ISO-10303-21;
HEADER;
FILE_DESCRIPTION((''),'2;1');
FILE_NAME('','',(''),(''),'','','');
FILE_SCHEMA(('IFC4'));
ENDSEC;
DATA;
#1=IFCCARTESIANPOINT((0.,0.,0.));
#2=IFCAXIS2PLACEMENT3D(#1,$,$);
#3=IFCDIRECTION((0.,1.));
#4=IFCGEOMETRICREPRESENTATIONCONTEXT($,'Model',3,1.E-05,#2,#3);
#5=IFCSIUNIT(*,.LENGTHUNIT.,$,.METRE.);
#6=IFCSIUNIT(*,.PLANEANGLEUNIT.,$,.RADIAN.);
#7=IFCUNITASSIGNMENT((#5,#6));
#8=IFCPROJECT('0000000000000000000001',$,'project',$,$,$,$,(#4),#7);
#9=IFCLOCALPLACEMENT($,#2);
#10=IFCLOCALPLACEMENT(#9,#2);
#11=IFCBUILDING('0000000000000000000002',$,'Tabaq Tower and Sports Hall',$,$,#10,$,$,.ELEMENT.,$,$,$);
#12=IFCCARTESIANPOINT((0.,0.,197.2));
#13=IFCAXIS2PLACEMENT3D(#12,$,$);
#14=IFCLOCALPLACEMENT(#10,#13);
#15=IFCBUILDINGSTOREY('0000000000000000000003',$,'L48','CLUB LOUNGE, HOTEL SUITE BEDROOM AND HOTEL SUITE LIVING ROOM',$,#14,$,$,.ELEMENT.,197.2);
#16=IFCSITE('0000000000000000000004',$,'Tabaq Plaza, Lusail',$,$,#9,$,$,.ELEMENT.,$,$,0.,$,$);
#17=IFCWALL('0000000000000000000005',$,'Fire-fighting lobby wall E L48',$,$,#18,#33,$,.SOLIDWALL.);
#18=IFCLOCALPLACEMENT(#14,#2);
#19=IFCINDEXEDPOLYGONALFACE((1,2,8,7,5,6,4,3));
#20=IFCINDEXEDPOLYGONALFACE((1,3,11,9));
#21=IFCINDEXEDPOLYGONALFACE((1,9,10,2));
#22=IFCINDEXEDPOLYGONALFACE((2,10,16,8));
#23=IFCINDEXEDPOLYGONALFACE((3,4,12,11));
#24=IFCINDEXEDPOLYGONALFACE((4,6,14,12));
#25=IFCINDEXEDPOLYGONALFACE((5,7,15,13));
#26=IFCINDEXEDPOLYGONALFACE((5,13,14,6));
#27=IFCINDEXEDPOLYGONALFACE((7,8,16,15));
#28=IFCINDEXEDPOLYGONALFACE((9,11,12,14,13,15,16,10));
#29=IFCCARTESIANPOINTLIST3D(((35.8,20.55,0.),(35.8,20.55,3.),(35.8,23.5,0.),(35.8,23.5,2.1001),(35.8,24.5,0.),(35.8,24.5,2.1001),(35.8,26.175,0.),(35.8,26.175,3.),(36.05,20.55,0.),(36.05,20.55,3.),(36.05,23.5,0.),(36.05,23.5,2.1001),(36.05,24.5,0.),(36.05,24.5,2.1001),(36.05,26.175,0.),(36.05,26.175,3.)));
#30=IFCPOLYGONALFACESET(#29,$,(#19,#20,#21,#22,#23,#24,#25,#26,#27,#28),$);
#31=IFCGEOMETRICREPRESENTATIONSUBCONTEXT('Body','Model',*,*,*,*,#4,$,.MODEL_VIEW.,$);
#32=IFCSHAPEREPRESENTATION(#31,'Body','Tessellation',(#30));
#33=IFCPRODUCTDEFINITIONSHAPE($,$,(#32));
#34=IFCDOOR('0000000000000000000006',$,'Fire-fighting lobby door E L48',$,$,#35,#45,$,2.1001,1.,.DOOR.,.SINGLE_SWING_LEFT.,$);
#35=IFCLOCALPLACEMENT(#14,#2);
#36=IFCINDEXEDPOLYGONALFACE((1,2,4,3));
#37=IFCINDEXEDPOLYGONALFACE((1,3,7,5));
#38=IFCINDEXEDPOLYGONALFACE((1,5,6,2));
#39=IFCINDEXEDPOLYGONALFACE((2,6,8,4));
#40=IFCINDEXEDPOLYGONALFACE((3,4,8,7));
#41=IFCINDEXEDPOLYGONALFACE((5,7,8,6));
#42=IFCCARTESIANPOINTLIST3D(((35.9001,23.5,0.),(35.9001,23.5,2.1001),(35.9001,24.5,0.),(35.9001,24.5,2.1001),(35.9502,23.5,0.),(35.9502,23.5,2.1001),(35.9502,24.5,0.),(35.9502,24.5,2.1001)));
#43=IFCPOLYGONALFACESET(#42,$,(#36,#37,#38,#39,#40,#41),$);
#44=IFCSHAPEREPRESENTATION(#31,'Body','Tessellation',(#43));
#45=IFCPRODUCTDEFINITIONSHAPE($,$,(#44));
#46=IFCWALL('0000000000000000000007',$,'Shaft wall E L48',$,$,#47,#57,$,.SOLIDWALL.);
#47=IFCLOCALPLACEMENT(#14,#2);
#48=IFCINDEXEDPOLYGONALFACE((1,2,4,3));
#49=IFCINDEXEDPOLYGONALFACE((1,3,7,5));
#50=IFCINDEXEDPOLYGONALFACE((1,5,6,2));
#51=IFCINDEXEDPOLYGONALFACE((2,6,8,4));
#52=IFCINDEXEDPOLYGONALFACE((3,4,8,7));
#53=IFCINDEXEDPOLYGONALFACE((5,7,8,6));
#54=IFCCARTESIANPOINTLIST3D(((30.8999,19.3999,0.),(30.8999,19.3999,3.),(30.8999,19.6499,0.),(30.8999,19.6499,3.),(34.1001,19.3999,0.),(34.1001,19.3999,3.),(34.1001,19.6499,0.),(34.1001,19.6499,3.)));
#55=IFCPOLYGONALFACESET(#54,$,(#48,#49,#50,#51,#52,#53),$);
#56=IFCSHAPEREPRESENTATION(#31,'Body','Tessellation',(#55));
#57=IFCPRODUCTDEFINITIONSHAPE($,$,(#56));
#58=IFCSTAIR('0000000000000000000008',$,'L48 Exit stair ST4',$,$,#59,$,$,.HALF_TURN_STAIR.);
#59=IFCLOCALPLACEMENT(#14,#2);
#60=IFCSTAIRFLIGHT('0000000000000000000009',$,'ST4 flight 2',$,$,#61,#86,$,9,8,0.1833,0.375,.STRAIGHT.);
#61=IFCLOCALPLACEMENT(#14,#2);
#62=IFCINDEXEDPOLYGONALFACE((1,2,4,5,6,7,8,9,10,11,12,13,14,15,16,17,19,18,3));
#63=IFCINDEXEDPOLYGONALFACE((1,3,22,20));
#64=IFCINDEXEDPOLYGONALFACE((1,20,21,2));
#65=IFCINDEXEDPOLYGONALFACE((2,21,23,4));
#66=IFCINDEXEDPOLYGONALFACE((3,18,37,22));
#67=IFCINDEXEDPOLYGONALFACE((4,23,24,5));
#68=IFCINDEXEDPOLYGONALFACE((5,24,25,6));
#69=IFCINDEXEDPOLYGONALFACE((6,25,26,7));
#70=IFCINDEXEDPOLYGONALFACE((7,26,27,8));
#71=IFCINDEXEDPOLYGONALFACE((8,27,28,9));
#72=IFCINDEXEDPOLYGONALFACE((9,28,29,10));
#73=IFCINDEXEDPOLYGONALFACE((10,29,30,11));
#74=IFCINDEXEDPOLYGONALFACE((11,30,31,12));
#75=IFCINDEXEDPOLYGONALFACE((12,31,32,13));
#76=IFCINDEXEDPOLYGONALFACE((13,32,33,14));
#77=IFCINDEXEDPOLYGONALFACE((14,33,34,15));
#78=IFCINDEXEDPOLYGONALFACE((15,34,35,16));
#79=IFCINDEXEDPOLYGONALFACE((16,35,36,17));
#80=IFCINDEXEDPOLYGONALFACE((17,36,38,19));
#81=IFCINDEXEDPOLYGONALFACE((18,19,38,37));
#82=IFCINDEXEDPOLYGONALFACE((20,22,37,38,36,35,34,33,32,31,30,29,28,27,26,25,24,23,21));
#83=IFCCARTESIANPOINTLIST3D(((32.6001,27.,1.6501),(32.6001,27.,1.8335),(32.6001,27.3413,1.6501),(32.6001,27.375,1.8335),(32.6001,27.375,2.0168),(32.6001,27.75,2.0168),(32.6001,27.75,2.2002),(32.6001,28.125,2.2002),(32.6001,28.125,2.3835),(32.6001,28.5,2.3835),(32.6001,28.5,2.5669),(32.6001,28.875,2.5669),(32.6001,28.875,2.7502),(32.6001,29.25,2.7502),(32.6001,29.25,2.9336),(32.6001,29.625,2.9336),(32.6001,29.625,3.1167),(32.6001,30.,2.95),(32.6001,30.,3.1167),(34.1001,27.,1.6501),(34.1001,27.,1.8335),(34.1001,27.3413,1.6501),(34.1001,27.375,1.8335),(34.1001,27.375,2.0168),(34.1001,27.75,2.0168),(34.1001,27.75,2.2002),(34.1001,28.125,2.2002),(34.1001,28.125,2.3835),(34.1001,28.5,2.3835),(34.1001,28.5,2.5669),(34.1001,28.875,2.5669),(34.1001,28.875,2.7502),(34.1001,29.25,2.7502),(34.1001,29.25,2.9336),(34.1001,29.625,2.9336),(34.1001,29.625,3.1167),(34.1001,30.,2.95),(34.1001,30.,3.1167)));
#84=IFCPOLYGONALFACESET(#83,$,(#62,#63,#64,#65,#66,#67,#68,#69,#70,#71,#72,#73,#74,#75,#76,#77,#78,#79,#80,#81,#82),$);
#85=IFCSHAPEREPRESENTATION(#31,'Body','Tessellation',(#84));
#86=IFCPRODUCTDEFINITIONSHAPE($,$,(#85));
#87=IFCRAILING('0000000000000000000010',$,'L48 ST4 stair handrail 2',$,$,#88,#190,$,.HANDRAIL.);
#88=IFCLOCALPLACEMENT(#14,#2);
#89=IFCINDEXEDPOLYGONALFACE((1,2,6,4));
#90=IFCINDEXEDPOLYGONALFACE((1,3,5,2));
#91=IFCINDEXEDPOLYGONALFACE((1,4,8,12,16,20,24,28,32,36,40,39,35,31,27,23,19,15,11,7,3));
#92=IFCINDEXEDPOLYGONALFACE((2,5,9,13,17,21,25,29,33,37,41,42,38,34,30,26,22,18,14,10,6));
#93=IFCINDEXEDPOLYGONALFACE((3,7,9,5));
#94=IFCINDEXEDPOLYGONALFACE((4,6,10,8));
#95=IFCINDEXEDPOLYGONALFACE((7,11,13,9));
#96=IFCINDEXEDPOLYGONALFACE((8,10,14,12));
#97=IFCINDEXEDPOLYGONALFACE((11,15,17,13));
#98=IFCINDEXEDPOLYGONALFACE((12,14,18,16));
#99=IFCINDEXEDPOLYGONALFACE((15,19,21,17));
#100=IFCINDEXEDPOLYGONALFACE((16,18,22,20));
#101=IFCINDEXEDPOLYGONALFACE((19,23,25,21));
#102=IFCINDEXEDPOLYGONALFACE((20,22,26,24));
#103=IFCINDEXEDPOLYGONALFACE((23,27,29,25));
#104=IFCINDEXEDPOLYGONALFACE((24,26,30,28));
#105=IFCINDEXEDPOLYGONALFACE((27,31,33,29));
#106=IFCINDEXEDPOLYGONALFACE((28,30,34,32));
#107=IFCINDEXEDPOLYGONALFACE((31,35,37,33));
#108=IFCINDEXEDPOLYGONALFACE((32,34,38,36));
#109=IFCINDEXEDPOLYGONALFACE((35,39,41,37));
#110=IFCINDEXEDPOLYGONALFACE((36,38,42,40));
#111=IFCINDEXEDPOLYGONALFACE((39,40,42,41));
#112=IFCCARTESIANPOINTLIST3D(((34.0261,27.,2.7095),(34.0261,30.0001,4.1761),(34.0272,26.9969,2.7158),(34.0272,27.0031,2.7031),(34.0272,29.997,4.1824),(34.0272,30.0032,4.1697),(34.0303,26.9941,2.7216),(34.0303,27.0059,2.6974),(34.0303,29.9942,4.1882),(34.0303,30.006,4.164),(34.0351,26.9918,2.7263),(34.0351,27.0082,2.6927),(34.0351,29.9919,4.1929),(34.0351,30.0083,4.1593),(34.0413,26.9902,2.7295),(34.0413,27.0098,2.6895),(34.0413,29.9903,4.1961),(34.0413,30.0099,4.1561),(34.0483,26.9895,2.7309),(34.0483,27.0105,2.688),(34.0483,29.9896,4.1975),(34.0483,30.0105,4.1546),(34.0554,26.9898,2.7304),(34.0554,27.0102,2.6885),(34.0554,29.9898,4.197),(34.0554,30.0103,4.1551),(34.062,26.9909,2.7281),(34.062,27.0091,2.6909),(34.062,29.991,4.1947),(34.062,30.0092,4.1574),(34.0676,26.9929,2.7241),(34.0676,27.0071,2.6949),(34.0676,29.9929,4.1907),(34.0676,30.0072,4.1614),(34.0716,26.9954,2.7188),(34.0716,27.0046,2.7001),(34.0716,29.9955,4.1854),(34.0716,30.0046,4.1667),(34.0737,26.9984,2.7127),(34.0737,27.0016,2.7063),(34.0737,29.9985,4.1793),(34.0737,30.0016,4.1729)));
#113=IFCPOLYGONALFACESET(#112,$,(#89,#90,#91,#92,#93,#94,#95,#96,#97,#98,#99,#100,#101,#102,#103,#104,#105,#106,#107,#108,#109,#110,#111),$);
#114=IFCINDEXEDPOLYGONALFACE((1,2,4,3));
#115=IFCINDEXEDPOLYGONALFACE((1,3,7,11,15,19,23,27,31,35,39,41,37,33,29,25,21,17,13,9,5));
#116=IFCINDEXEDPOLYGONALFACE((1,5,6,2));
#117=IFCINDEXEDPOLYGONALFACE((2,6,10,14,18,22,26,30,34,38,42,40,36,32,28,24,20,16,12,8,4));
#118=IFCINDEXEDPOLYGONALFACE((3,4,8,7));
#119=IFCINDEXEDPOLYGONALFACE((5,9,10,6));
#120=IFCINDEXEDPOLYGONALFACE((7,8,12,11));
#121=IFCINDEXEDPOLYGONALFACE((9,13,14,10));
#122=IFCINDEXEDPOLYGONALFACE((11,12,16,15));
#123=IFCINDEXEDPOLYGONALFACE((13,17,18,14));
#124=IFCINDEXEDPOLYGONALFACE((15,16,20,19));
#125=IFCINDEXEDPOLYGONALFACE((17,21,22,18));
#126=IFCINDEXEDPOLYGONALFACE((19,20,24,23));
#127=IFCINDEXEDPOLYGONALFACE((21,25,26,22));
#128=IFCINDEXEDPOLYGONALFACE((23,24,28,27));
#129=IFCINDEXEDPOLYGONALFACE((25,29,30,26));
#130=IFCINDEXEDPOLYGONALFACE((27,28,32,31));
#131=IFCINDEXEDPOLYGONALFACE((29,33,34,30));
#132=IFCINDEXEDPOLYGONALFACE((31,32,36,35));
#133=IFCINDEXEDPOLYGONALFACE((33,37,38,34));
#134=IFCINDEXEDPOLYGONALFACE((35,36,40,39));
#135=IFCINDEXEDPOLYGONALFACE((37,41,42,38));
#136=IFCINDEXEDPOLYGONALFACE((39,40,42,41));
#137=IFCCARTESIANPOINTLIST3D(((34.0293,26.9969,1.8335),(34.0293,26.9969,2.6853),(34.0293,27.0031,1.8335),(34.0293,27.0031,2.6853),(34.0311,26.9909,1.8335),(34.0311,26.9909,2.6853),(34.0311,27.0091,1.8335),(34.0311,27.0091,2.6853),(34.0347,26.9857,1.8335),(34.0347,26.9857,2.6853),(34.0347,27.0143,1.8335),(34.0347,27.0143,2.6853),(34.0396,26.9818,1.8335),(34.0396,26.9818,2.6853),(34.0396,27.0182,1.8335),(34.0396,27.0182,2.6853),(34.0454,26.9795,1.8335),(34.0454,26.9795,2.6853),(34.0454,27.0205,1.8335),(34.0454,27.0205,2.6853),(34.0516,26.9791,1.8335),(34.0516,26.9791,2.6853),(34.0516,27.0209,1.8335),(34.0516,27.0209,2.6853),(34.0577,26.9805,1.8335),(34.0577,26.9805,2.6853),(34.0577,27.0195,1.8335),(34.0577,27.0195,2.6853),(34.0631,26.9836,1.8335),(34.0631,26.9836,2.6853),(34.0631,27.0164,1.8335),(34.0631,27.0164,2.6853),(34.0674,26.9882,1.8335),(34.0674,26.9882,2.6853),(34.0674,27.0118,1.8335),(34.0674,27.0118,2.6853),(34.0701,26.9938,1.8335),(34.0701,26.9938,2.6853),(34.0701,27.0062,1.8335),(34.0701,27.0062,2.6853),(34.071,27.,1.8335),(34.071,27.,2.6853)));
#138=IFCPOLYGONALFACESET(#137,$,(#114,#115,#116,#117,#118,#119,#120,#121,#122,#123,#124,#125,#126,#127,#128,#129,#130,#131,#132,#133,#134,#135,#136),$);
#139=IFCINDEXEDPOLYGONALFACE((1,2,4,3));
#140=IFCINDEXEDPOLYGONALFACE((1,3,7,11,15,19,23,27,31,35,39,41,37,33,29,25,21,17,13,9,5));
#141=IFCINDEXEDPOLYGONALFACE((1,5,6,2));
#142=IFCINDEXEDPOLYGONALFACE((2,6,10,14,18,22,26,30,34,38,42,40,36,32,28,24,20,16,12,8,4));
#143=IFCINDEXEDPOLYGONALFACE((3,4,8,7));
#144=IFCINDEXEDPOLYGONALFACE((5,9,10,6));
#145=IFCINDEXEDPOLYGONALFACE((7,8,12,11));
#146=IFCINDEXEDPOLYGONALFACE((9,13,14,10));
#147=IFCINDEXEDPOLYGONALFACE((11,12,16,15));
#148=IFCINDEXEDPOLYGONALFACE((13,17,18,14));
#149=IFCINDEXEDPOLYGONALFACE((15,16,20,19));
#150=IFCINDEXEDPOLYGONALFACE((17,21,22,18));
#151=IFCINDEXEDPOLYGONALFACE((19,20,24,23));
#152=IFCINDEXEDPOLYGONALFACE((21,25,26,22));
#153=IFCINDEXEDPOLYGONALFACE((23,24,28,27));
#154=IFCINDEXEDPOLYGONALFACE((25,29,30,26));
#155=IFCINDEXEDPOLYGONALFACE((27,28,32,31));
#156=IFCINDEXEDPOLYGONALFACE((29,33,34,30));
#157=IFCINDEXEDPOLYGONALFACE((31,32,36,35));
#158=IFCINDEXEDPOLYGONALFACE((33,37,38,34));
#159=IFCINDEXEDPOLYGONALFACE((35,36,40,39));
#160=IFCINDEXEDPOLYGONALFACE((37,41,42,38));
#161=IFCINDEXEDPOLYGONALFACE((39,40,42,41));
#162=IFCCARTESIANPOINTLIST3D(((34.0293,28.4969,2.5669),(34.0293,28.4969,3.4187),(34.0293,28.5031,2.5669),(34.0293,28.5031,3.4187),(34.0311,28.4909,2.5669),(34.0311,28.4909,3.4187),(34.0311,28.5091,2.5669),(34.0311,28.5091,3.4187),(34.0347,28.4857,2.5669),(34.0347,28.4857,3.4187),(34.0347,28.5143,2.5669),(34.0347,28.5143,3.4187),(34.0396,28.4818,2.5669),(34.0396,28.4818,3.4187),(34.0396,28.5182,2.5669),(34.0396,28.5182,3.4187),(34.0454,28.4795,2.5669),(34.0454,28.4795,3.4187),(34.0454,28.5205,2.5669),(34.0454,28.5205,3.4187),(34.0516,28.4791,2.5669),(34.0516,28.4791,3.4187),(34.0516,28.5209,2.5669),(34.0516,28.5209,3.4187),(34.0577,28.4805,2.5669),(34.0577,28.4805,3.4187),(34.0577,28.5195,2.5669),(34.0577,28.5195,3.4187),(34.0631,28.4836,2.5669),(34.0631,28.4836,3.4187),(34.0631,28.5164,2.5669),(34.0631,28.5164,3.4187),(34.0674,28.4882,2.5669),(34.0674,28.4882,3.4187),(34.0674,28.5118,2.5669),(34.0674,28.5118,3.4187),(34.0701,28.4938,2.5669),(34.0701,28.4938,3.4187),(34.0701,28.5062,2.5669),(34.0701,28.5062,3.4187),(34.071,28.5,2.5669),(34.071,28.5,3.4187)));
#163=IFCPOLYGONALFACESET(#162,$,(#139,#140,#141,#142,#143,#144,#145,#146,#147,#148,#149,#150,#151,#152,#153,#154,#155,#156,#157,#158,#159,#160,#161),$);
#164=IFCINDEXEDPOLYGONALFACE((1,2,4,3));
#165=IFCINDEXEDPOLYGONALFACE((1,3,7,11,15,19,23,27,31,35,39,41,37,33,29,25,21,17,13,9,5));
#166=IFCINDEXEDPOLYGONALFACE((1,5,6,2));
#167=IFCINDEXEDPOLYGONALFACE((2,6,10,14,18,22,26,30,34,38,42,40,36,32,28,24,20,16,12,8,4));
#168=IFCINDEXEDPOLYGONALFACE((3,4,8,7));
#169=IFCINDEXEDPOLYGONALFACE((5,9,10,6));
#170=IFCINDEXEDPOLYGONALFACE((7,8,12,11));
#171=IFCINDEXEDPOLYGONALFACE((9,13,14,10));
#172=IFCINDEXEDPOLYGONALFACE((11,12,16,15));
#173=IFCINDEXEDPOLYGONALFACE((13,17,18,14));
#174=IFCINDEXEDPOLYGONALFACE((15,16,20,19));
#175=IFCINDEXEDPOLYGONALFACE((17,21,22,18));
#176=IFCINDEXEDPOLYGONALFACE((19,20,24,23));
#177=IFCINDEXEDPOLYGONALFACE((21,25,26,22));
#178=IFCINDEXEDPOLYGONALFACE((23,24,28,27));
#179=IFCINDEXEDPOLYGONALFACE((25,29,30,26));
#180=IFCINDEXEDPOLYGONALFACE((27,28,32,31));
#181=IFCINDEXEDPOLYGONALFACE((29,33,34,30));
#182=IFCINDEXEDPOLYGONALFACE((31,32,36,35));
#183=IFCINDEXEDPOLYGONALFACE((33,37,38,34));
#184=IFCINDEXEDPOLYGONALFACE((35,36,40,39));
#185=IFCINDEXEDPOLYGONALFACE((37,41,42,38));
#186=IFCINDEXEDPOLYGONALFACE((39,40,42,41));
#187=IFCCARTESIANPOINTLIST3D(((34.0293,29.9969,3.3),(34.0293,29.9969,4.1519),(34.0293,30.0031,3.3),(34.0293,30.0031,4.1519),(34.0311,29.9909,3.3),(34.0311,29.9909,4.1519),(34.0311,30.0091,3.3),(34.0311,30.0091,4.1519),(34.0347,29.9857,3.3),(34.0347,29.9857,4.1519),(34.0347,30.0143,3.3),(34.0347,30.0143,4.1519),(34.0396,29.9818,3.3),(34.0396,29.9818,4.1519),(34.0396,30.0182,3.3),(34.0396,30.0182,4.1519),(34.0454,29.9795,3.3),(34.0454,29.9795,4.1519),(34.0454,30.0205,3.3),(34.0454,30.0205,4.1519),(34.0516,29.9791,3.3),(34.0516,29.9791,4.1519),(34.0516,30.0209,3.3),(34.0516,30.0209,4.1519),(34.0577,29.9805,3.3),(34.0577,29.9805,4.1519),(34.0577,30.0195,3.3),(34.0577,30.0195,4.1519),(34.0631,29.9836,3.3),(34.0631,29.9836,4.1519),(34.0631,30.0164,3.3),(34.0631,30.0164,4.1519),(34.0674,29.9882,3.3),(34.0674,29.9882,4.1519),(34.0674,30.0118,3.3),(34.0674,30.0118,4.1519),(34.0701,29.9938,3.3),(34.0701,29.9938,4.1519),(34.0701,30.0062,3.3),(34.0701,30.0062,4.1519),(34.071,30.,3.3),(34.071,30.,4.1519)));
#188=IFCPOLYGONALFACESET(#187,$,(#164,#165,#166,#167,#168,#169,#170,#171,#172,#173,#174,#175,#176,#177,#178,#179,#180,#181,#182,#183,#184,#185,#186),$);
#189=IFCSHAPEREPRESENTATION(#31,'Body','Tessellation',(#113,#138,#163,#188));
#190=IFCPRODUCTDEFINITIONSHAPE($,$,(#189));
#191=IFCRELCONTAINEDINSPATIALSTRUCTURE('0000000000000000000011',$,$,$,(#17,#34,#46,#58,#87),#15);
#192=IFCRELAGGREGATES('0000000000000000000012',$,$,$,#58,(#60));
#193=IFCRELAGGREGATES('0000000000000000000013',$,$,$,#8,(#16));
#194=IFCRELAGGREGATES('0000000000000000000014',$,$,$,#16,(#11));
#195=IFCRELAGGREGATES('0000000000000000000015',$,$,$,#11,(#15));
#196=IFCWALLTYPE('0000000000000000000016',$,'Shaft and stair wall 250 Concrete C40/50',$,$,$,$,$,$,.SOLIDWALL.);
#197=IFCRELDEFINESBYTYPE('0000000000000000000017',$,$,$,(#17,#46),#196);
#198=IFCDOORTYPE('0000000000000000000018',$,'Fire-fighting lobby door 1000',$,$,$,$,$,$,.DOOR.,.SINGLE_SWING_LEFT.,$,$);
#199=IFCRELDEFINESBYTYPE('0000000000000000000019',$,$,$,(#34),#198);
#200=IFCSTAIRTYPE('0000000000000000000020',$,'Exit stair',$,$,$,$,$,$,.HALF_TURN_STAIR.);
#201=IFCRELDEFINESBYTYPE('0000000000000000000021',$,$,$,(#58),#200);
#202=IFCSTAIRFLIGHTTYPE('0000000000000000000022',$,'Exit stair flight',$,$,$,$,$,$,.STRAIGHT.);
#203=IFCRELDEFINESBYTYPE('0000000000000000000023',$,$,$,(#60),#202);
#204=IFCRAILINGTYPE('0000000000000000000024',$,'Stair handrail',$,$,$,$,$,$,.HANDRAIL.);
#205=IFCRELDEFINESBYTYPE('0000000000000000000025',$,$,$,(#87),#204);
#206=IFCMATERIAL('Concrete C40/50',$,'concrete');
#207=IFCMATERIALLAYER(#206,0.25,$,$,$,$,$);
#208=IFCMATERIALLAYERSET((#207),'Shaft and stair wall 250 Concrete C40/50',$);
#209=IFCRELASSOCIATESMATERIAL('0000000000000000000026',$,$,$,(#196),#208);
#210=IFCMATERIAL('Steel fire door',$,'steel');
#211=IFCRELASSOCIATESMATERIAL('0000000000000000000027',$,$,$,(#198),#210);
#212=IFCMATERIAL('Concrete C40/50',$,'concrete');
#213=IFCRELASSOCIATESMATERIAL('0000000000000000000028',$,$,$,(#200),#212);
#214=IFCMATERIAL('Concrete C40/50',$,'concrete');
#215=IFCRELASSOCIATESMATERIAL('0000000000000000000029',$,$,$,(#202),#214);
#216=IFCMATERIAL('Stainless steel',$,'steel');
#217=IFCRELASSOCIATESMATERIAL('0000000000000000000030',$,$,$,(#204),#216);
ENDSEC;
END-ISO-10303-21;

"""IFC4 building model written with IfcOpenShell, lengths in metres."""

from ifc_helpers import new_model, si_unit, direction, frame, frame_2d, origin, origin_2d, place, context, subcontext, project, spatial, polyline, rectangle, circle, outline, extrude, material, layer, layer_set, type_object, element, fill, aggregate, save


model = new_model("IFC4")

# Units and contexts
model_context = context("Model", 3, precision=1e-05, world=origin(), true_north=direction((0.0, 1.0)))
body_context = subcontext(model_context, "Body", "Model", "MODEL_VIEW")
ifc_project = project(units=[si_unit("LENGTHUNIT", "METRE"), si_unit("PLANEANGLEUNIT", "RADIAN")], contexts=[model_context])

# Site, building, storey
site_placement = place(None, origin())
site = spatial("IfcSite", under=ifc_project, at=site_placement, Name="Tabaq Plaza, Lusail", CompositionType="ELEMENT", RefElevation=0.0)
building_placement = place(site_placement, origin())
building = spatial("IfcBuilding", under=site, at=building_placement, Name="Tabaq Tower and Sports Hall", CompositionType="ELEMENT")
storey_placement = place(building_placement, frame((0.0, 0.0, 197.2)))
storey = spatial("IfcBuildingStorey", under=building, at=storey_placement, Name="L48", Description="CLUB LOUNGE, HOTEL SUITE BEDROOM AND HOTEL SUITE LIVING ROOM", CompositionType="ELEMENT", Elevation=197.2)

# Shared definitions
ifc_material_1 = material(Name="Concrete C40/50", Category="concrete")
ifc_layer_1 = layer(ifc_material_1, 0.25)
ifc_layer_set_1 = layer_set([ifc_layer_1], Name="Shaft and stair wall 250 Concrete C40/50")
wall_type_1 = type_object("IfcWallType", Name="Shaft and stair wall 250 Concrete C40/50", PredefinedType="SOLIDWALL", material=ifc_layer_set_1)

# Wall, opening, door
wall_1_placement = place(storey_placement, frame((35.925, 20.55, 0.0), z_axis=(0.0, 0.0, 1.0), x_axis=(0.0, 1.0, 0.0)))
wall_1 = element("IfcWall", 1, at=wall_1_placement, inside=storey, type_object=wall_type_1, Name="Fire-fighting lobby wall E L48", PredefinedType="SOLIDWALL", context=body_context, shape_type="SweptSolid", body=[
    extrude(rectangle(XDim=5.625, YDim=0.25, at=frame_2d((2.8125, 0.0))), origin(), (0.0, 0.0, 1.0), 3.0),
])
opening_1_placement = place(wall_1_placement, frame((2.95, 0.0, 0.0)))
opening_1 = element("IfcOpeningElement", 2, at=opening_1_placement, cuts=wall_1, PredefinedType="OPENING", context=body_context, shape_type="SweptSolid", body=[
    extrude(rectangle(XDim=1.0, YDim=2.1001, at=frame_2d((0.5, 1.05))), frame((0.0, 0.125, 0.0), z_axis=(0.0, -1.0, 0.0), x_axis=(1.0, 0.0, 0.0)), (0.0, 0.0, 1.0), 0.25),
])
ifc_material_2 = material(Name="Steel fire door", Category="steel")
door_type_1 = type_object("IfcDoorType", Name="Fire-fighting lobby door 1000", OperationType="SINGLE_SWING_LEFT", PredefinedType="DOOR", material=ifc_material_2)
door_1_placement = place(opening_1_placement, origin())
door_1 = element("IfcDoor", 3, at=door_1_placement, inside=storey, type_object=door_type_1, Name="Fire-fighting lobby door E L48", OperationType="SINGLE_SWING_LEFT", OverallHeight=2.1001, OverallWidth=1.0, PredefinedType="DOOR", context=body_context, shape_type="SweptSolid", body=[
    extrude(rectangle(XDim=1.0, YDim=2.1001, at=frame_2d((0.5, 1.05))), frame((0.0, 0.0249, 0.0), z_axis=(0.0, -1.0, 0.0), x_axis=(1.0, 0.0, 0.0)), (0.0, 0.0, 1.0), 0.05),
])
fill(opening_1, door_1)

# Wall
wall_2_placement = place(storey_placement, frame((30.8999, 19.5249, 0.0), z_axis=(0.0, 0.0, 1.0), x_axis=(1.0, 0.0, 0.0)))
element("IfcWall", 4, at=wall_2_placement, inside=storey, type_object=wall_type_1, Name="Shaft wall E L48", PredefinedType="SOLIDWALL", context=body_context, shape_type="SweptSolid", body=[
    extrude(rectangle(XDim=3.2002, YDim=0.25, at=frame_2d((1.6001, 0.0))), origin(), (0.0, 0.0, 1.0), 3.0),
])

# Stair, stair flight
ifc_material_3 = material(Name="Concrete C40/50", Category="concrete")
stair_type = type_object("IfcStairType", Name="Exit stair", PredefinedType="HALF_TURN_STAIR", material=ifc_material_3)
stair_placement = place(storey_placement, origin())
stair = element("IfcStair", 5, at=stair_placement, inside=storey, type_object=stair_type, Name="L48 Exit stair ST4", PredefinedType="HALF_TURN_STAIR")
ifc_material_4 = material(Name="Concrete C40/50", Category="concrete")
stair_flight_type = type_object("IfcStairFlightType", Name="Exit stair flight", PredefinedType="STRAIGHT", material=ifc_material_4)
stair_flight_placement = place(storey_placement, frame((33.3501, 27.0, 1.6501), z_axis=(0.0, 0.0, 1.0), x_axis=(0.0, 1.0, 0.0)))
stair_flight = element("IfcStairFlight", 6, at=stair_flight_placement, type_object=stair_flight_type, Name="ST4 flight 2", NumberOfRisers=9, NumberOfTreads=8, PredefinedType="STRAIGHT", RiserHeight=0.1833, TreadLength=0.375, context=body_context, shape_type="SweptSolid", body=[
    extrude(outline(polyline([(0.0, 0.0), (0.0, 0.1833), (0.375, 0.1833), (0.375, 0.3667), (0.75, 0.3667), (0.75, 0.55), (1.125, 0.55), (1.125, 0.7334), (1.5, 0.7334), (1.5, 0.9167), (1.875, 0.9167), (1.875, 1.1001), (2.25, 1.1001), (2.25, 1.2834), (2.625, 1.2834), (2.625, 1.4666), (3.0, 1.4666), (3.0, 1.6499), (3.0, 1.2998), (0.3413, 0.0), (0.0, 0.0)])), frame((0.0, 0.75, 0.0), z_axis=(0.0, -1.0, 0.0), x_axis=(1.0, 0.0, 0.0)), (0.0, 0.0, 1.0), 1.5),
])
aggregate(stair, [stair_flight])

# Railing
ifc_material_5 = material(Name="Stainless steel", Category="steel")
railing_type = type_object("IfcRailingType", Name="Stair handrail", PredefinedType="HANDRAIL", material=ifc_material_5)
railing_placement = place(storey_placement, frame((34.05, 27.0, 1.8335)))
element("IfcRailing", 7, at=railing_placement, inside=storey, type_object=railing_type, Name="L48 ST4 stair handrail 2", PredefinedType="HANDRAIL", context=body_context, shape_type="SweptSolid", body=[
    extrude(circle(Radius=0.0239, at=origin_2d()), frame((0.0, 0.0, 0.876), z_axis=(0.0, 0.898398, 0.439183), x_axis=(-1.0, 0.0, 0.0)), (0.0, 0.0, 1.0), 3.3394),
    extrude(circle(Radius=0.021, at=origin_2d()), origin(), (0.0, 0.0, 1.0), 0.8518),
    extrude(circle(Radius=0.021, at=origin_2d()), frame((0.0, 1.5, 0.7334)), (0.0, 0.0, 1.0), 0.8518),
    extrude(circle(Radius=0.021, at=origin_2d()), frame((0.0, 3.0, 1.4666)), (0.0, 0.0, 1.0), 0.8518),
])

save(model, "model.ifc")
